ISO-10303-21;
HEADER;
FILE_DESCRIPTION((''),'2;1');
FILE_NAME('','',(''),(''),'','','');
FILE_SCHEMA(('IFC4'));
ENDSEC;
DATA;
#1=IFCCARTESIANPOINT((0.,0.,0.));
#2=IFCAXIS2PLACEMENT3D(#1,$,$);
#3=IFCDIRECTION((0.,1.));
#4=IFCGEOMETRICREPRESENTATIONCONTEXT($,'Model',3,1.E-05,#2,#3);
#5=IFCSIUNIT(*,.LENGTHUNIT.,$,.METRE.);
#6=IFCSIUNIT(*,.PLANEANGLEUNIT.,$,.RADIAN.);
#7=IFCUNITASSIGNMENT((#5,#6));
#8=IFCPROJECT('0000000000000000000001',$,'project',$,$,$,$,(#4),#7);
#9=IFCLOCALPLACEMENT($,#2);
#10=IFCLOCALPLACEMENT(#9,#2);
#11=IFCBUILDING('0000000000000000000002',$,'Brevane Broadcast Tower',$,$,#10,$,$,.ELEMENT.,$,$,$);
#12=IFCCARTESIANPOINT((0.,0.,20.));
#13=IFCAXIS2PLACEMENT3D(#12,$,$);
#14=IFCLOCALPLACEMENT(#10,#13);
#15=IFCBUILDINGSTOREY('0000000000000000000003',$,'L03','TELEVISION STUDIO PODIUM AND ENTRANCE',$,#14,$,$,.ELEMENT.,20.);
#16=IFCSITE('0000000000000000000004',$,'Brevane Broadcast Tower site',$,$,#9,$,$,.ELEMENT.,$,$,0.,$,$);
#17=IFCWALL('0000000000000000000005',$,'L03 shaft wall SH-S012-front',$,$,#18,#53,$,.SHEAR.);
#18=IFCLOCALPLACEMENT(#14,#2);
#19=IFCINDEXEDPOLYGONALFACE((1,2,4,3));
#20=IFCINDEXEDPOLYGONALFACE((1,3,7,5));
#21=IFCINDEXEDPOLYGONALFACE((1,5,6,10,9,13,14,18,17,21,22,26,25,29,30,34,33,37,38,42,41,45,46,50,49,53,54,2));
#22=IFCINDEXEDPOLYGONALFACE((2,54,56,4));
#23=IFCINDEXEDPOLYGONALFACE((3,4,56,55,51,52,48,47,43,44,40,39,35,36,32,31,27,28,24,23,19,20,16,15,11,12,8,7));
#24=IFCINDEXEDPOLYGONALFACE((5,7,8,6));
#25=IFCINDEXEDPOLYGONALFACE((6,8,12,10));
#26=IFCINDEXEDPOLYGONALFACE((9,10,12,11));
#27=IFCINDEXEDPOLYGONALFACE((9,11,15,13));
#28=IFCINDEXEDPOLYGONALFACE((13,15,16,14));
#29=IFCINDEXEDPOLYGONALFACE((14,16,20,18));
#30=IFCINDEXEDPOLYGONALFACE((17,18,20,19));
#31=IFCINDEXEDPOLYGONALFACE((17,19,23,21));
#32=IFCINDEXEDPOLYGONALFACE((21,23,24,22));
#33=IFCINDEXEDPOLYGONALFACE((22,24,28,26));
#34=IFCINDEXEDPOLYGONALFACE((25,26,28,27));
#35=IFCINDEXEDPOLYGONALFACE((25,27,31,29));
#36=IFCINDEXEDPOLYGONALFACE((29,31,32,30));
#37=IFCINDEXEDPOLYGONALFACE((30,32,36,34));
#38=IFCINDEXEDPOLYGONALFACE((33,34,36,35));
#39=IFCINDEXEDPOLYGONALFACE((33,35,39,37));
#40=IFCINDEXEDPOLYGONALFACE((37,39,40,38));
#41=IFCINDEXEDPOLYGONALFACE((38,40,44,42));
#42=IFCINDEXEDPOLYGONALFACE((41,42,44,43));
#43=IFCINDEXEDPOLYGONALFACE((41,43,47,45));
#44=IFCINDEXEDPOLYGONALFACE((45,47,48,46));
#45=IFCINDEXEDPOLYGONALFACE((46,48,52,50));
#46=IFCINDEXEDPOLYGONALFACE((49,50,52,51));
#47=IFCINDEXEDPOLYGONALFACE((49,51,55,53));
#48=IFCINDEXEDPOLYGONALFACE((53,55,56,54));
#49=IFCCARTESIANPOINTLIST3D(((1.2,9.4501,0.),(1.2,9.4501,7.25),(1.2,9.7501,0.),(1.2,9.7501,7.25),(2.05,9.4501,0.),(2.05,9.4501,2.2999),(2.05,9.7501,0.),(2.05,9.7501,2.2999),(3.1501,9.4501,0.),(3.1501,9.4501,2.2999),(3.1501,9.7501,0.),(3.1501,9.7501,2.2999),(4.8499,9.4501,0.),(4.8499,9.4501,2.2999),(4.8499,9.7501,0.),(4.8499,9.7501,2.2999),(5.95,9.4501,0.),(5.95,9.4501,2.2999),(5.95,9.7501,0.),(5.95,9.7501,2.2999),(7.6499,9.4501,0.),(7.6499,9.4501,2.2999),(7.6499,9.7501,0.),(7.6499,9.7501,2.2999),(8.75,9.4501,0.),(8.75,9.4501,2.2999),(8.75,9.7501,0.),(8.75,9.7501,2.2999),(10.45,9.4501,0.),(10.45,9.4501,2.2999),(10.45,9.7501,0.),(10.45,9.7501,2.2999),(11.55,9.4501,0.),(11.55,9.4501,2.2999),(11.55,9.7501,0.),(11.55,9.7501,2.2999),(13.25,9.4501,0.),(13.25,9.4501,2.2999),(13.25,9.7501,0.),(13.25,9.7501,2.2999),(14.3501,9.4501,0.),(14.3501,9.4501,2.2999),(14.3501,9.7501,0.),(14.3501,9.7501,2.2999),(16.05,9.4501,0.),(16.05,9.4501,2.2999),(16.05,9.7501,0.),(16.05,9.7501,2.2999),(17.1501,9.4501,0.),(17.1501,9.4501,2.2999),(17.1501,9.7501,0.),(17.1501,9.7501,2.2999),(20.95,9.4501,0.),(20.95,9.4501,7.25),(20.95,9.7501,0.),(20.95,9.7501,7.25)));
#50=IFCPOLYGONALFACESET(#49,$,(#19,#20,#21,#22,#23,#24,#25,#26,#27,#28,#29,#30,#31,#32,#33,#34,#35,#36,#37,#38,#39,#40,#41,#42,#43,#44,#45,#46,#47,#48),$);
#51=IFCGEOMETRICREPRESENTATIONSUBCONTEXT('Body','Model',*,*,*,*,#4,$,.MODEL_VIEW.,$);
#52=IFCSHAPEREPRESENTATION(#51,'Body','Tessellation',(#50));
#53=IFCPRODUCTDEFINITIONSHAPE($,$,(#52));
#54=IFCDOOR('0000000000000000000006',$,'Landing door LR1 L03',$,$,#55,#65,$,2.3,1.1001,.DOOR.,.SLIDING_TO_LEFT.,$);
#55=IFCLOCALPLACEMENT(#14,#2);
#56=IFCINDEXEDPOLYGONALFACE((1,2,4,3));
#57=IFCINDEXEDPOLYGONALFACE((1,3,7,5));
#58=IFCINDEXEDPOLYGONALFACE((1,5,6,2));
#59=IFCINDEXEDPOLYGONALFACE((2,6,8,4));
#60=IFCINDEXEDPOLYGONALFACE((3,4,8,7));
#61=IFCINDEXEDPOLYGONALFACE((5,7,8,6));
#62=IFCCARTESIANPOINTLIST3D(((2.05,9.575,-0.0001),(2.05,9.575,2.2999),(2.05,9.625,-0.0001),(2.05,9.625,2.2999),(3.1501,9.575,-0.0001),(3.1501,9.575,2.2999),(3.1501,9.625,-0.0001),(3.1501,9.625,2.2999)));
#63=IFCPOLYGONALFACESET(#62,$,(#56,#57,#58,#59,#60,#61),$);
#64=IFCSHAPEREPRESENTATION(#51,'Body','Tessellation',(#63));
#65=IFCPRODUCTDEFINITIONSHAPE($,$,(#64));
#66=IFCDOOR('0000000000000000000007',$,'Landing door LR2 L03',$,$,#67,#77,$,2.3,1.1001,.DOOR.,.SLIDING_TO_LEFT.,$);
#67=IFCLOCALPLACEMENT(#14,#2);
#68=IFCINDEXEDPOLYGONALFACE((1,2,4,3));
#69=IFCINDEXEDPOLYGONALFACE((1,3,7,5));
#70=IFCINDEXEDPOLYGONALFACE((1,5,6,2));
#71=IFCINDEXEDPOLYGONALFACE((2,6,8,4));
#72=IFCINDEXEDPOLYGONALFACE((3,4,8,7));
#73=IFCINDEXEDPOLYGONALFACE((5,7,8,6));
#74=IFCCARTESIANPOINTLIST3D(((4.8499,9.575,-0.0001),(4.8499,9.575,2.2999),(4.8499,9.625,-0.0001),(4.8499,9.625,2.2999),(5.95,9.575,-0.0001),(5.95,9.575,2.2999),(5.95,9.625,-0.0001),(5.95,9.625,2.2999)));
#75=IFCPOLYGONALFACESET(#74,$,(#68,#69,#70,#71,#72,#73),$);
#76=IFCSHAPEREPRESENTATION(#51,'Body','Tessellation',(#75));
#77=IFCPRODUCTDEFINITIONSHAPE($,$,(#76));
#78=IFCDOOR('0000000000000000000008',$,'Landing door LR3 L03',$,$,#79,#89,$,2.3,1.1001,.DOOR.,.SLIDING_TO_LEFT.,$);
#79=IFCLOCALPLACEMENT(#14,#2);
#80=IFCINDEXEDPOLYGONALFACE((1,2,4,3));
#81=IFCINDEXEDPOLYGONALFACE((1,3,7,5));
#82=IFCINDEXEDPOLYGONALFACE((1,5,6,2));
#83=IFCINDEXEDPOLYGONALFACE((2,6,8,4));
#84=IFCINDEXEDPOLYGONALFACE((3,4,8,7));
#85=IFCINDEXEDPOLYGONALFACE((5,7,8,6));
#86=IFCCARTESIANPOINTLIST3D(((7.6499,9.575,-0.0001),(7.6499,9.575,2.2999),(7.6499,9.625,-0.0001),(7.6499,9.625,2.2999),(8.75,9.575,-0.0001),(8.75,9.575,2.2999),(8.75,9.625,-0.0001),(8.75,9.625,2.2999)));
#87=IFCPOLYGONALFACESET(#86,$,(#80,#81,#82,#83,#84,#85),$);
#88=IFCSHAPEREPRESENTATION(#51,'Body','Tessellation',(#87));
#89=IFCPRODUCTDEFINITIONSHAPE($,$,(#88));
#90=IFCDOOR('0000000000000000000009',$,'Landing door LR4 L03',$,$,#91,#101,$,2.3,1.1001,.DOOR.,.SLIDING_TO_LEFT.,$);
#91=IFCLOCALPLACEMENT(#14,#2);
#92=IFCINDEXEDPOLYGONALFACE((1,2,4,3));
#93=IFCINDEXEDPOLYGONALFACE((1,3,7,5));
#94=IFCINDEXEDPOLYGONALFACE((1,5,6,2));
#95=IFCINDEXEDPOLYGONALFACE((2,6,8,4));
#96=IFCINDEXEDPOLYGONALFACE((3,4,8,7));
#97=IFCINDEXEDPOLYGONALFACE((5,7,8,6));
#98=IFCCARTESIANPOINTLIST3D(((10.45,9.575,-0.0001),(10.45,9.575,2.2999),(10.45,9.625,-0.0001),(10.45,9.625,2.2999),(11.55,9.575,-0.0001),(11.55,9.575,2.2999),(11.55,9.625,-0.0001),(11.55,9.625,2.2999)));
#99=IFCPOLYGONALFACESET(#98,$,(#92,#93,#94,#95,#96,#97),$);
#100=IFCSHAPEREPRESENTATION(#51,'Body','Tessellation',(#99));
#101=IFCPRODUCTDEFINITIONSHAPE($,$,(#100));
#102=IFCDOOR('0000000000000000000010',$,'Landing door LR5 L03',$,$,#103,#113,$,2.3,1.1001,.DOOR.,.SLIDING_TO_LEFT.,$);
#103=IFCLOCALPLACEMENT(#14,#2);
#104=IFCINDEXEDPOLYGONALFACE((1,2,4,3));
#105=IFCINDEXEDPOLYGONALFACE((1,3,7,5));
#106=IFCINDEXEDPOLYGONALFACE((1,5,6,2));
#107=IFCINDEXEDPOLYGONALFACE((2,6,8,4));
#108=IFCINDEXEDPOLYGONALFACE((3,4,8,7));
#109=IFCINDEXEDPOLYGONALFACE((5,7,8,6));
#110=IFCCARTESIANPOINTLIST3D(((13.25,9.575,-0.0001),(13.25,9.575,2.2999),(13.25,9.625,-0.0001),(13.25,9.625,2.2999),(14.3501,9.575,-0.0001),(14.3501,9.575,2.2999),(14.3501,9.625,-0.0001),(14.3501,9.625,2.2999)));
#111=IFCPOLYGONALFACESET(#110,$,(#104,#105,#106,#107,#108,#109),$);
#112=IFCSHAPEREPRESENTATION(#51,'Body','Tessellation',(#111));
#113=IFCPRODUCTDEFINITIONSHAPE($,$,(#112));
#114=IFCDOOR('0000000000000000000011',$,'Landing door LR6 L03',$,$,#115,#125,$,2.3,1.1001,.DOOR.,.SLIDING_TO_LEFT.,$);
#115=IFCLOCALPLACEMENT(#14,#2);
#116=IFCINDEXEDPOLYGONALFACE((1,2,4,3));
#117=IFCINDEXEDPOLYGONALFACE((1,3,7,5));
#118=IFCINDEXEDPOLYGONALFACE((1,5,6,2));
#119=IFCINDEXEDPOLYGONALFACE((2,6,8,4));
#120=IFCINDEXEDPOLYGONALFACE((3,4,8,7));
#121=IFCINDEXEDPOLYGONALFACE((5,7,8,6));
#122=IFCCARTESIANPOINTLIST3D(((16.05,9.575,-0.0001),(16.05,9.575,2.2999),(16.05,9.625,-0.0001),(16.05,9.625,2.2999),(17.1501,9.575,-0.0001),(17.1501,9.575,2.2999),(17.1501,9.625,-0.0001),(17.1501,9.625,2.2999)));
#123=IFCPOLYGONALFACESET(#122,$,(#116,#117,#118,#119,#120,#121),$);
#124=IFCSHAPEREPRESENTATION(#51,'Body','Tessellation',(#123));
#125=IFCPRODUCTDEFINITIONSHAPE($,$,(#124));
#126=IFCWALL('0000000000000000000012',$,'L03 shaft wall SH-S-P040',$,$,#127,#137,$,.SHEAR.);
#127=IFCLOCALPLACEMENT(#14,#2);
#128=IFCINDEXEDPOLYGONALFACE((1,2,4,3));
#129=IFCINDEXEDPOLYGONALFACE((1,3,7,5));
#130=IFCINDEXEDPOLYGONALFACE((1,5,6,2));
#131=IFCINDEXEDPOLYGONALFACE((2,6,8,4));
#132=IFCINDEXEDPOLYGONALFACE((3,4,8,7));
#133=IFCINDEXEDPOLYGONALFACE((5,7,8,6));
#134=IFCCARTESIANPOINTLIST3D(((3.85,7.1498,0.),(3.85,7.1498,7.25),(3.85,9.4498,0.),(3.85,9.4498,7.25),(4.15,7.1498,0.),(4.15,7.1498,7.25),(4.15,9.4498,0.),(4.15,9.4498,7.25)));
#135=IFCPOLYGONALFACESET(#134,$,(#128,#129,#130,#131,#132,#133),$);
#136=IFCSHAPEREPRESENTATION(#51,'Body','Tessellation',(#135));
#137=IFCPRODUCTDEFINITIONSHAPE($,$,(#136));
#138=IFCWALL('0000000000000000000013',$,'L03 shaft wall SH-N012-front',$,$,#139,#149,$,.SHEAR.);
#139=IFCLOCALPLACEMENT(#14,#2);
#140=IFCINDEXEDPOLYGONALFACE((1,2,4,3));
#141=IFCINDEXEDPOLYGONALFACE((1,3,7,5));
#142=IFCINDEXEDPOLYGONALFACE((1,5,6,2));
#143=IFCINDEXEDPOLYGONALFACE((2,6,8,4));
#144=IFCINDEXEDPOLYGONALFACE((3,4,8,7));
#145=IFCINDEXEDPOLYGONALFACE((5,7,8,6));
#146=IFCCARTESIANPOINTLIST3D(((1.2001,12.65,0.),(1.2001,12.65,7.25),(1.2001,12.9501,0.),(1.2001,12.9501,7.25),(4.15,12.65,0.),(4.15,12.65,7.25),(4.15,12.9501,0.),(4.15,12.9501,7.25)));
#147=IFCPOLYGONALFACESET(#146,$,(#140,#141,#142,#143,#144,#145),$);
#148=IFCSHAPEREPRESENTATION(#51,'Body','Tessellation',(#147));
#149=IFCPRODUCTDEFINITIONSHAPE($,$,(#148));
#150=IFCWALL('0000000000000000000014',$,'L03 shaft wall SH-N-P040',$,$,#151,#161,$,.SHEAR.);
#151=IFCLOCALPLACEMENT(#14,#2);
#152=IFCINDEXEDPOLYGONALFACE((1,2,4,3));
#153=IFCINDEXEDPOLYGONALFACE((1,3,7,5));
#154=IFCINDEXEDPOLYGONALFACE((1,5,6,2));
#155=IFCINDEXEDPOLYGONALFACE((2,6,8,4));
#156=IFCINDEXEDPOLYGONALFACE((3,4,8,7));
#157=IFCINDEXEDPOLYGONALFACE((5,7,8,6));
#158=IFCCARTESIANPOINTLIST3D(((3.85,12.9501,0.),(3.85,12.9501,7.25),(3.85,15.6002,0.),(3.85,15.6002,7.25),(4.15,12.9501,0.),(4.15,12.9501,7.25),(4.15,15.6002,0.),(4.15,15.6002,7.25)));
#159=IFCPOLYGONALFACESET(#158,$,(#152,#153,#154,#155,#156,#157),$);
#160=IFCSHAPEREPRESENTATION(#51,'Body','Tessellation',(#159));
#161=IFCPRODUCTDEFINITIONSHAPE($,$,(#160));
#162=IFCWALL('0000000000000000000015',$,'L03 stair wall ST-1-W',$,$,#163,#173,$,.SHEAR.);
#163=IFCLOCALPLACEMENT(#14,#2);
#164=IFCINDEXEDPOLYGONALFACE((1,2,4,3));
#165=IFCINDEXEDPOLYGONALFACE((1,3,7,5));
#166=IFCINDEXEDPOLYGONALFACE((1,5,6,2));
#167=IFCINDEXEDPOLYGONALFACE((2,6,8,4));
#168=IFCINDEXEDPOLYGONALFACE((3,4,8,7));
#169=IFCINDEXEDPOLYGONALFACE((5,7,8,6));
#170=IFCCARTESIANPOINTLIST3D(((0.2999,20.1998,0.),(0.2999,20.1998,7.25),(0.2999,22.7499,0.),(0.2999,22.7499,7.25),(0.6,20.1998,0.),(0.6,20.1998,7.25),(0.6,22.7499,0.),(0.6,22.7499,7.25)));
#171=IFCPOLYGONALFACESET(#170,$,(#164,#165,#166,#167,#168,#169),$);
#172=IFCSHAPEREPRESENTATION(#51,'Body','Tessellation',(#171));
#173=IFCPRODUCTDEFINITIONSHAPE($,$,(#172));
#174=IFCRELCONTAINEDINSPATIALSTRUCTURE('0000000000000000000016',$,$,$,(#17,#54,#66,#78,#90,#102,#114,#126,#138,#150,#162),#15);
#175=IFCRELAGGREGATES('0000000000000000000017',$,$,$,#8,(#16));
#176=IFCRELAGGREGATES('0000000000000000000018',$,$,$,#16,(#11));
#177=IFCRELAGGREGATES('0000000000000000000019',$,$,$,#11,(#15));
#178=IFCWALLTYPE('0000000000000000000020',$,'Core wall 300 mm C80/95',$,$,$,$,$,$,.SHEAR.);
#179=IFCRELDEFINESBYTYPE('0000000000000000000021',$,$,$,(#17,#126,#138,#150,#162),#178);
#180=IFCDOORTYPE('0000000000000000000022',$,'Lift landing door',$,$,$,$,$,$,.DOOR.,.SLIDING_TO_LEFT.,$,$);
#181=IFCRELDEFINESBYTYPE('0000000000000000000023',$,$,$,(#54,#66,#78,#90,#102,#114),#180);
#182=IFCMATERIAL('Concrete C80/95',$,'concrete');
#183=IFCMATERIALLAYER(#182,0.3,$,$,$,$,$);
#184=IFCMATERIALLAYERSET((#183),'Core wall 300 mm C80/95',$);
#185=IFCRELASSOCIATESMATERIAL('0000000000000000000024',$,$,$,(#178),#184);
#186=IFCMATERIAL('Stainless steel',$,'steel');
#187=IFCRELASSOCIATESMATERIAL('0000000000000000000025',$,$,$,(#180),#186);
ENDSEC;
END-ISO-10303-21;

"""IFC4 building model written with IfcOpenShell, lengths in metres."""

from ifc_helpers import new_model, si_unit, direction, frame, frame_2d, origin, place, context, subcontext, project, spatial, rectangle, extrude, material, layer, layer_set, type_object, element, fill, save


model = new_model("IFC4")

# Units and contexts
model_context = context("Model", 3, precision=1e-05, world=origin(), true_north=direction((0.0, 1.0)))
body_context = subcontext(model_context, "Body", "Model", "MODEL_VIEW")
ifc_project = project(units=[si_unit("LENGTHUNIT", "METRE"), si_unit("PLANEANGLEUNIT", "RADIAN")], contexts=[model_context])

# Site, building, storey
site_placement = place(None, origin())
site = spatial("IfcSite", under=ifc_project, at=site_placement, Name="Brevane Broadcast Tower site", CompositionType="ELEMENT", RefElevation=0.0)
building_placement = place(site_placement, origin())
building = spatial("IfcBuilding", under=site, at=building_placement, Name="Brevane Broadcast Tower", CompositionType="ELEMENT")
storey_placement = place(building_placement, frame((0.0, 0.0, 20.0)))
storey = spatial("IfcBuildingStorey", under=building, at=storey_placement, Name="L03", Description="TELEVISION STUDIO PODIUM AND ENTRANCE", CompositionType="ELEMENT", Elevation=20.0)

# Shared definitions
ifc_material_1 = material(Name="Concrete C80/95", Category="concrete")
ifc_layer_1 = layer(ifc_material_1, 0.3)
ifc_layer_set_1 = layer_set([ifc_layer_1], Name="Core wall 300 mm C80/95")
wall_type_1 = type_object("IfcWallType", Name="Core wall 300 mm C80/95", PredefinedType="SHEAR", material=ifc_layer_set_1)

# Wall, openings, doors
wall_1_placement = place(storey_placement, frame((1.2, 9.6001, 0.0), z_axis=(0.0, 0.0, 1.0), x_axis=(1.0, 0.0, 0.0)))
wall_1 = element("IfcWall", 1, at=wall_1_placement, inside=storey, type_object=wall_type_1, Name="L03 shaft wall SH-S012-front", PredefinedType="SHEAR", context=body_context, shape_type="SweptSolid", body=[
    extrude(rectangle(XDim=19.75, YDim=0.3, at=frame_2d((9.875, 0.0))), origin(), (0.0, 0.0, 1.0), 7.25),
])
opening_1_placement = place(wall_1_placement, frame((0.8501, 0.0, 0.0)))
opening_1 = element("IfcOpeningElement", 2, at=opening_1_placement, cuts=wall_1, PredefinedType="OPENING", context=body_context, shape_type="SweptSolid", body=[
    extrude(rectangle(XDim=1.1001, YDim=2.3, at=frame_2d((0.55, 1.1499))), frame((0.0, 0.1599, 0.0), z_axis=(0.0, -1.0, 0.0), x_axis=(1.0, 0.0, 0.0)), (0.0, 0.0, 1.0), 0.3201),
])
opening_2_placement = place(wall_1_placement, frame((3.6499, 0.0, 0.0)))
opening_2 = element("IfcOpeningElement", 3, at=opening_2_placement, cuts=wall_1, PredefinedType="OPENING", context=body_context, shape_type="SweptSolid", body=[
    extrude(rectangle(XDim=1.1001, YDim=2.3, at=frame_2d((0.55, 1.1499))), frame((0.0, 0.1599, 0.0), z_axis=(0.0, -1.0, 0.0), x_axis=(1.0, 0.0, 0.0)), (0.0, 0.0, 1.0), 0.3201),
])
opening_3_placement = place(wall_1_placement, frame((6.45, 0.0, 0.0)))
opening_3 = element("IfcOpeningElement", 4, at=opening_3_placement, cuts=wall_1, PredefinedType="OPENING", context=body_context, shape_type="SweptSolid", body=[
    extrude(rectangle(XDim=1.1001, YDim=2.3, at=frame_2d((0.55, 1.1499))), frame((0.0, 0.1599, 0.0), z_axis=(0.0, -1.0, 0.0), x_axis=(1.0, 0.0, 0.0)), (0.0, 0.0, 1.0), 0.3201),
])
opening_4_placement = place(wall_1_placement, frame((9.25, 0.0, 0.0)))
opening_4 = element("IfcOpeningElement", 5, at=opening_4_placement, cuts=wall_1, PredefinedType="OPENING", context=body_context, shape_type="SweptSolid", body=[
    extrude(rectangle(XDim=1.1001, YDim=2.3, at=frame_2d((0.55, 1.1499))), frame((0.0, 0.1599, 0.0), z_axis=(0.0, -1.0, 0.0), x_axis=(1.0, 0.0, 0.0)), (0.0, 0.0, 1.0), 0.3201),
])
opening_5_placement = place(wall_1_placement, frame((12.05, 0.0, 0.0)))
opening_5 = element("IfcOpeningElement", 6, at=opening_5_placement, cuts=wall_1, PredefinedType="OPENING", context=body_context, shape_type="SweptSolid", body=[
    extrude(rectangle(XDim=1.1001, YDim=2.3, at=frame_2d((0.55, 1.1499))), frame((0.0, 0.1599, 0.0), z_axis=(0.0, -1.0, 0.0), x_axis=(1.0, 0.0, 0.0)), (0.0, 0.0, 1.0), 0.3201),
])
opening_6_placement = place(wall_1_placement, frame((14.8501, 0.0, 0.0)))
opening_6 = element("IfcOpeningElement", 7, at=opening_6_placement, cuts=wall_1, PredefinedType="OPENING", context=body_context, shape_type="SweptSolid", body=[
    extrude(rectangle(XDim=1.1001, YDim=2.3, at=frame_2d((0.55, 1.1499))), frame((0.0, 0.1599, 0.0), z_axis=(0.0, -1.0, 0.0), x_axis=(1.0, 0.0, 0.0)), (0.0, 0.0, 1.0), 0.3201),
])
ifc_material_2 = material(Name="Stainless steel", Category="steel")
door_type_1 = type_object("IfcDoorType", Name="Lift landing door", OperationType="SLIDING_TO_LEFT", PredefinedType="DOOR", material=ifc_material_2)
door_1_placement = place(opening_1_placement, origin())
door_1 = element("IfcDoor", 8, at=door_1_placement, inside=storey, type_object=door_type_1, Name="Landing door LR1 L03", OperationType="SLIDING_TO_LEFT", OverallHeight=2.3, OverallWidth=1.1001, PredefinedType="DOOR", context=body_context, shape_type="SweptSolid", body=[
    extrude(rectangle(XDim=1.1001, YDim=2.3, at=frame_2d((0.55, 1.1499))), frame((0.0, 0.0249, 0.0), z_axis=(0.0, -1.0, 0.0), x_axis=(1.0, 0.0, 0.0)), (0.0, 0.0, 1.0), 0.05),
])
fill(opening_1, door_1)
door_2_placement = place(opening_2_placement, origin())
door_2 = element("IfcDoor", 9, at=door_2_placement, inside=storey, type_object=door_type_1, Name="Landing door LR2 L03", OperationType="SLIDING_TO_LEFT", OverallHeight=2.3, OverallWidth=1.1001, PredefinedType="DOOR", context=body_context, shape_type="SweptSolid", body=[
    extrude(rectangle(XDim=1.1001, YDim=2.3, at=frame_2d((0.55, 1.1499))), frame((0.0, 0.0249, 0.0), z_axis=(0.0, -1.0, 0.0), x_axis=(1.0, 0.0, 0.0)), (0.0, 0.0, 1.0), 0.05),
])
fill(opening_2, door_2)
door_3_placement = place(opening_3_placement, origin())
door_3 = element("IfcDoor", 10, at=door_3_placement, inside=storey, type_object=door_type_1, Name="Landing door LR3 L03", OperationType="SLIDING_TO_LEFT", OverallHeight=2.3, OverallWidth=1.1001, PredefinedType="DOOR", context=body_context, shape_type="SweptSolid", body=[
    extrude(rectangle(XDim=1.1001, YDim=2.3, at=frame_2d((0.55, 1.1499))), frame((0.0, 0.0249, 0.0), z_axis=(0.0, -1.0, 0.0), x_axis=(1.0, 0.0, 0.0)), (0.0, 0.0, 1.0), 0.05),
])
fill(opening_3, door_3)
door_4_placement = place(opening_4_placement, origin())
door_4 = element("IfcDoor", 11, at=door_4_placement, inside=storey, type_object=door_type_1, Name="Landing door LR4 L03", OperationType="SLIDING_TO_LEFT", OverallHeight=2.3, OverallWidth=1.1001, PredefinedType="DOOR", context=body_context, shape_type="SweptSolid", body=[
    extrude(rectangle(XDim=1.1001, YDim=2.3, at=frame_2d((0.55, 1.1499))), frame((0.0, 0.0249, 0.0), z_axis=(0.0, -1.0, 0.0), x_axis=(1.0, 0.0, 0.0)), (0.0, 0.0, 1.0), 0.05),
])
fill(opening_4, door_4)
door_5_placement = place(opening_5_placement, origin())
door_5 = element("IfcDoor", 12, at=door_5_placement, inside=storey, type_object=door_type_1, Name="Landing door LR5 L03", OperationType="SLIDING_TO_LEFT", OverallHeight=2.3, OverallWidth=1.1001, PredefinedType="DOOR", context=body_context, shape_type="SweptSolid", body=[
    extrude(rectangle(XDim=1.1001, YDim=2.3, at=frame_2d((0.55, 1.1499))), frame((0.0, 0.0249, 0.0), z_axis=(0.0, -1.0, 0.0), x_axis=(1.0, 0.0, 0.0)), (0.0, 0.0, 1.0), 0.05),
])
fill(opening_5, door_5)
door_6_placement = place(opening_6_placement, origin())
door_6 = element("IfcDoor", 13, at=door_6_placement, inside=storey, type_object=door_type_1, Name="Landing door LR6 L03", OperationType="SLIDING_TO_LEFT", OverallHeight=2.3, OverallWidth=1.1001, PredefinedType="DOOR", context=body_context, shape_type="SweptSolid", body=[
    extrude(rectangle(XDim=1.1001, YDim=2.3, at=frame_2d((0.55, 1.1499))), frame((0.0, 0.0249, 0.0), z_axis=(0.0, -1.0, 0.0), x_axis=(1.0, 0.0, 0.0)), (0.0, 0.0, 1.0), 0.05),
])
fill(opening_6, door_6)

# Walls
wall_2_placement = place(storey_placement, frame((4.0, 7.1499, 0.0), z_axis=(0.0, 0.0, 1.0), x_axis=(0.0, 1.0, 0.0)))
element("IfcWall", 14, at=wall_2_placement, inside=storey, type_object=wall_type_1, Name="L03 shaft wall SH-S-P040", PredefinedType="SHEAR", context=body_context, shape_type="SweptSolid", body=[
    extrude(rectangle(XDim=2.3, YDim=0.3, at=frame_2d((1.1499, 0.0))), origin(), (0.0, 0.0, 1.0), 7.25),
])
wall_3_placement = place(storey_placement, frame((1.2, 12.8, 0.0), z_axis=(0.0, 0.0, 1.0), x_axis=(1.0, 0.0, 0.0)))
element("IfcWall", 15, at=wall_3_placement, inside=storey, type_object=wall_type_1, Name="L03 shaft wall SH-N012-front", PredefinedType="SHEAR", context=body_context, shape_type="SweptSolid", body=[
    extrude(rectangle(XDim=2.95, YDim=0.3, at=frame_2d((1.4751, 0.0))), origin(), (0.0, 0.0, 1.0), 7.25),
])
wall_4_placement = place(storey_placement, frame((4.0, 12.95, 0.0), z_axis=(0.0, 0.0, 1.0), x_axis=(0.0, 1.0, 0.0)))
element("IfcWall", 16, at=wall_4_placement, inside=storey, type_object=wall_type_1, Name="L03 shaft wall SH-N-P040", PredefinedType="SHEAR", context=body_context, shape_type="SweptSolid", body=[
    extrude(rectangle(XDim=2.6501, YDim=0.3, at=frame_2d((1.3252, 0.0))), origin(), (0.0, 0.0, 1.0), 7.25),
])
wall_5_placement = place(storey_placement, frame((0.45, 20.2, 0.0), z_axis=(0.0, 0.0, 1.0), x_axis=(0.0, 1.0, 0.0)))
element("IfcWall", 17, at=wall_5_placement, inside=storey, type_object=wall_type_1, Name="L03 stair wall ST-1-W", PredefinedType="SHEAR", context=body_context, shape_type="SweptSolid", body=[
    extrude(rectangle(XDim=2.55, YDim=0.3, at=frame_2d((1.2749, 0.0))), origin(), (0.0, 0.0, 1.0), 7.25),
])

save(model, "model.ifc")
